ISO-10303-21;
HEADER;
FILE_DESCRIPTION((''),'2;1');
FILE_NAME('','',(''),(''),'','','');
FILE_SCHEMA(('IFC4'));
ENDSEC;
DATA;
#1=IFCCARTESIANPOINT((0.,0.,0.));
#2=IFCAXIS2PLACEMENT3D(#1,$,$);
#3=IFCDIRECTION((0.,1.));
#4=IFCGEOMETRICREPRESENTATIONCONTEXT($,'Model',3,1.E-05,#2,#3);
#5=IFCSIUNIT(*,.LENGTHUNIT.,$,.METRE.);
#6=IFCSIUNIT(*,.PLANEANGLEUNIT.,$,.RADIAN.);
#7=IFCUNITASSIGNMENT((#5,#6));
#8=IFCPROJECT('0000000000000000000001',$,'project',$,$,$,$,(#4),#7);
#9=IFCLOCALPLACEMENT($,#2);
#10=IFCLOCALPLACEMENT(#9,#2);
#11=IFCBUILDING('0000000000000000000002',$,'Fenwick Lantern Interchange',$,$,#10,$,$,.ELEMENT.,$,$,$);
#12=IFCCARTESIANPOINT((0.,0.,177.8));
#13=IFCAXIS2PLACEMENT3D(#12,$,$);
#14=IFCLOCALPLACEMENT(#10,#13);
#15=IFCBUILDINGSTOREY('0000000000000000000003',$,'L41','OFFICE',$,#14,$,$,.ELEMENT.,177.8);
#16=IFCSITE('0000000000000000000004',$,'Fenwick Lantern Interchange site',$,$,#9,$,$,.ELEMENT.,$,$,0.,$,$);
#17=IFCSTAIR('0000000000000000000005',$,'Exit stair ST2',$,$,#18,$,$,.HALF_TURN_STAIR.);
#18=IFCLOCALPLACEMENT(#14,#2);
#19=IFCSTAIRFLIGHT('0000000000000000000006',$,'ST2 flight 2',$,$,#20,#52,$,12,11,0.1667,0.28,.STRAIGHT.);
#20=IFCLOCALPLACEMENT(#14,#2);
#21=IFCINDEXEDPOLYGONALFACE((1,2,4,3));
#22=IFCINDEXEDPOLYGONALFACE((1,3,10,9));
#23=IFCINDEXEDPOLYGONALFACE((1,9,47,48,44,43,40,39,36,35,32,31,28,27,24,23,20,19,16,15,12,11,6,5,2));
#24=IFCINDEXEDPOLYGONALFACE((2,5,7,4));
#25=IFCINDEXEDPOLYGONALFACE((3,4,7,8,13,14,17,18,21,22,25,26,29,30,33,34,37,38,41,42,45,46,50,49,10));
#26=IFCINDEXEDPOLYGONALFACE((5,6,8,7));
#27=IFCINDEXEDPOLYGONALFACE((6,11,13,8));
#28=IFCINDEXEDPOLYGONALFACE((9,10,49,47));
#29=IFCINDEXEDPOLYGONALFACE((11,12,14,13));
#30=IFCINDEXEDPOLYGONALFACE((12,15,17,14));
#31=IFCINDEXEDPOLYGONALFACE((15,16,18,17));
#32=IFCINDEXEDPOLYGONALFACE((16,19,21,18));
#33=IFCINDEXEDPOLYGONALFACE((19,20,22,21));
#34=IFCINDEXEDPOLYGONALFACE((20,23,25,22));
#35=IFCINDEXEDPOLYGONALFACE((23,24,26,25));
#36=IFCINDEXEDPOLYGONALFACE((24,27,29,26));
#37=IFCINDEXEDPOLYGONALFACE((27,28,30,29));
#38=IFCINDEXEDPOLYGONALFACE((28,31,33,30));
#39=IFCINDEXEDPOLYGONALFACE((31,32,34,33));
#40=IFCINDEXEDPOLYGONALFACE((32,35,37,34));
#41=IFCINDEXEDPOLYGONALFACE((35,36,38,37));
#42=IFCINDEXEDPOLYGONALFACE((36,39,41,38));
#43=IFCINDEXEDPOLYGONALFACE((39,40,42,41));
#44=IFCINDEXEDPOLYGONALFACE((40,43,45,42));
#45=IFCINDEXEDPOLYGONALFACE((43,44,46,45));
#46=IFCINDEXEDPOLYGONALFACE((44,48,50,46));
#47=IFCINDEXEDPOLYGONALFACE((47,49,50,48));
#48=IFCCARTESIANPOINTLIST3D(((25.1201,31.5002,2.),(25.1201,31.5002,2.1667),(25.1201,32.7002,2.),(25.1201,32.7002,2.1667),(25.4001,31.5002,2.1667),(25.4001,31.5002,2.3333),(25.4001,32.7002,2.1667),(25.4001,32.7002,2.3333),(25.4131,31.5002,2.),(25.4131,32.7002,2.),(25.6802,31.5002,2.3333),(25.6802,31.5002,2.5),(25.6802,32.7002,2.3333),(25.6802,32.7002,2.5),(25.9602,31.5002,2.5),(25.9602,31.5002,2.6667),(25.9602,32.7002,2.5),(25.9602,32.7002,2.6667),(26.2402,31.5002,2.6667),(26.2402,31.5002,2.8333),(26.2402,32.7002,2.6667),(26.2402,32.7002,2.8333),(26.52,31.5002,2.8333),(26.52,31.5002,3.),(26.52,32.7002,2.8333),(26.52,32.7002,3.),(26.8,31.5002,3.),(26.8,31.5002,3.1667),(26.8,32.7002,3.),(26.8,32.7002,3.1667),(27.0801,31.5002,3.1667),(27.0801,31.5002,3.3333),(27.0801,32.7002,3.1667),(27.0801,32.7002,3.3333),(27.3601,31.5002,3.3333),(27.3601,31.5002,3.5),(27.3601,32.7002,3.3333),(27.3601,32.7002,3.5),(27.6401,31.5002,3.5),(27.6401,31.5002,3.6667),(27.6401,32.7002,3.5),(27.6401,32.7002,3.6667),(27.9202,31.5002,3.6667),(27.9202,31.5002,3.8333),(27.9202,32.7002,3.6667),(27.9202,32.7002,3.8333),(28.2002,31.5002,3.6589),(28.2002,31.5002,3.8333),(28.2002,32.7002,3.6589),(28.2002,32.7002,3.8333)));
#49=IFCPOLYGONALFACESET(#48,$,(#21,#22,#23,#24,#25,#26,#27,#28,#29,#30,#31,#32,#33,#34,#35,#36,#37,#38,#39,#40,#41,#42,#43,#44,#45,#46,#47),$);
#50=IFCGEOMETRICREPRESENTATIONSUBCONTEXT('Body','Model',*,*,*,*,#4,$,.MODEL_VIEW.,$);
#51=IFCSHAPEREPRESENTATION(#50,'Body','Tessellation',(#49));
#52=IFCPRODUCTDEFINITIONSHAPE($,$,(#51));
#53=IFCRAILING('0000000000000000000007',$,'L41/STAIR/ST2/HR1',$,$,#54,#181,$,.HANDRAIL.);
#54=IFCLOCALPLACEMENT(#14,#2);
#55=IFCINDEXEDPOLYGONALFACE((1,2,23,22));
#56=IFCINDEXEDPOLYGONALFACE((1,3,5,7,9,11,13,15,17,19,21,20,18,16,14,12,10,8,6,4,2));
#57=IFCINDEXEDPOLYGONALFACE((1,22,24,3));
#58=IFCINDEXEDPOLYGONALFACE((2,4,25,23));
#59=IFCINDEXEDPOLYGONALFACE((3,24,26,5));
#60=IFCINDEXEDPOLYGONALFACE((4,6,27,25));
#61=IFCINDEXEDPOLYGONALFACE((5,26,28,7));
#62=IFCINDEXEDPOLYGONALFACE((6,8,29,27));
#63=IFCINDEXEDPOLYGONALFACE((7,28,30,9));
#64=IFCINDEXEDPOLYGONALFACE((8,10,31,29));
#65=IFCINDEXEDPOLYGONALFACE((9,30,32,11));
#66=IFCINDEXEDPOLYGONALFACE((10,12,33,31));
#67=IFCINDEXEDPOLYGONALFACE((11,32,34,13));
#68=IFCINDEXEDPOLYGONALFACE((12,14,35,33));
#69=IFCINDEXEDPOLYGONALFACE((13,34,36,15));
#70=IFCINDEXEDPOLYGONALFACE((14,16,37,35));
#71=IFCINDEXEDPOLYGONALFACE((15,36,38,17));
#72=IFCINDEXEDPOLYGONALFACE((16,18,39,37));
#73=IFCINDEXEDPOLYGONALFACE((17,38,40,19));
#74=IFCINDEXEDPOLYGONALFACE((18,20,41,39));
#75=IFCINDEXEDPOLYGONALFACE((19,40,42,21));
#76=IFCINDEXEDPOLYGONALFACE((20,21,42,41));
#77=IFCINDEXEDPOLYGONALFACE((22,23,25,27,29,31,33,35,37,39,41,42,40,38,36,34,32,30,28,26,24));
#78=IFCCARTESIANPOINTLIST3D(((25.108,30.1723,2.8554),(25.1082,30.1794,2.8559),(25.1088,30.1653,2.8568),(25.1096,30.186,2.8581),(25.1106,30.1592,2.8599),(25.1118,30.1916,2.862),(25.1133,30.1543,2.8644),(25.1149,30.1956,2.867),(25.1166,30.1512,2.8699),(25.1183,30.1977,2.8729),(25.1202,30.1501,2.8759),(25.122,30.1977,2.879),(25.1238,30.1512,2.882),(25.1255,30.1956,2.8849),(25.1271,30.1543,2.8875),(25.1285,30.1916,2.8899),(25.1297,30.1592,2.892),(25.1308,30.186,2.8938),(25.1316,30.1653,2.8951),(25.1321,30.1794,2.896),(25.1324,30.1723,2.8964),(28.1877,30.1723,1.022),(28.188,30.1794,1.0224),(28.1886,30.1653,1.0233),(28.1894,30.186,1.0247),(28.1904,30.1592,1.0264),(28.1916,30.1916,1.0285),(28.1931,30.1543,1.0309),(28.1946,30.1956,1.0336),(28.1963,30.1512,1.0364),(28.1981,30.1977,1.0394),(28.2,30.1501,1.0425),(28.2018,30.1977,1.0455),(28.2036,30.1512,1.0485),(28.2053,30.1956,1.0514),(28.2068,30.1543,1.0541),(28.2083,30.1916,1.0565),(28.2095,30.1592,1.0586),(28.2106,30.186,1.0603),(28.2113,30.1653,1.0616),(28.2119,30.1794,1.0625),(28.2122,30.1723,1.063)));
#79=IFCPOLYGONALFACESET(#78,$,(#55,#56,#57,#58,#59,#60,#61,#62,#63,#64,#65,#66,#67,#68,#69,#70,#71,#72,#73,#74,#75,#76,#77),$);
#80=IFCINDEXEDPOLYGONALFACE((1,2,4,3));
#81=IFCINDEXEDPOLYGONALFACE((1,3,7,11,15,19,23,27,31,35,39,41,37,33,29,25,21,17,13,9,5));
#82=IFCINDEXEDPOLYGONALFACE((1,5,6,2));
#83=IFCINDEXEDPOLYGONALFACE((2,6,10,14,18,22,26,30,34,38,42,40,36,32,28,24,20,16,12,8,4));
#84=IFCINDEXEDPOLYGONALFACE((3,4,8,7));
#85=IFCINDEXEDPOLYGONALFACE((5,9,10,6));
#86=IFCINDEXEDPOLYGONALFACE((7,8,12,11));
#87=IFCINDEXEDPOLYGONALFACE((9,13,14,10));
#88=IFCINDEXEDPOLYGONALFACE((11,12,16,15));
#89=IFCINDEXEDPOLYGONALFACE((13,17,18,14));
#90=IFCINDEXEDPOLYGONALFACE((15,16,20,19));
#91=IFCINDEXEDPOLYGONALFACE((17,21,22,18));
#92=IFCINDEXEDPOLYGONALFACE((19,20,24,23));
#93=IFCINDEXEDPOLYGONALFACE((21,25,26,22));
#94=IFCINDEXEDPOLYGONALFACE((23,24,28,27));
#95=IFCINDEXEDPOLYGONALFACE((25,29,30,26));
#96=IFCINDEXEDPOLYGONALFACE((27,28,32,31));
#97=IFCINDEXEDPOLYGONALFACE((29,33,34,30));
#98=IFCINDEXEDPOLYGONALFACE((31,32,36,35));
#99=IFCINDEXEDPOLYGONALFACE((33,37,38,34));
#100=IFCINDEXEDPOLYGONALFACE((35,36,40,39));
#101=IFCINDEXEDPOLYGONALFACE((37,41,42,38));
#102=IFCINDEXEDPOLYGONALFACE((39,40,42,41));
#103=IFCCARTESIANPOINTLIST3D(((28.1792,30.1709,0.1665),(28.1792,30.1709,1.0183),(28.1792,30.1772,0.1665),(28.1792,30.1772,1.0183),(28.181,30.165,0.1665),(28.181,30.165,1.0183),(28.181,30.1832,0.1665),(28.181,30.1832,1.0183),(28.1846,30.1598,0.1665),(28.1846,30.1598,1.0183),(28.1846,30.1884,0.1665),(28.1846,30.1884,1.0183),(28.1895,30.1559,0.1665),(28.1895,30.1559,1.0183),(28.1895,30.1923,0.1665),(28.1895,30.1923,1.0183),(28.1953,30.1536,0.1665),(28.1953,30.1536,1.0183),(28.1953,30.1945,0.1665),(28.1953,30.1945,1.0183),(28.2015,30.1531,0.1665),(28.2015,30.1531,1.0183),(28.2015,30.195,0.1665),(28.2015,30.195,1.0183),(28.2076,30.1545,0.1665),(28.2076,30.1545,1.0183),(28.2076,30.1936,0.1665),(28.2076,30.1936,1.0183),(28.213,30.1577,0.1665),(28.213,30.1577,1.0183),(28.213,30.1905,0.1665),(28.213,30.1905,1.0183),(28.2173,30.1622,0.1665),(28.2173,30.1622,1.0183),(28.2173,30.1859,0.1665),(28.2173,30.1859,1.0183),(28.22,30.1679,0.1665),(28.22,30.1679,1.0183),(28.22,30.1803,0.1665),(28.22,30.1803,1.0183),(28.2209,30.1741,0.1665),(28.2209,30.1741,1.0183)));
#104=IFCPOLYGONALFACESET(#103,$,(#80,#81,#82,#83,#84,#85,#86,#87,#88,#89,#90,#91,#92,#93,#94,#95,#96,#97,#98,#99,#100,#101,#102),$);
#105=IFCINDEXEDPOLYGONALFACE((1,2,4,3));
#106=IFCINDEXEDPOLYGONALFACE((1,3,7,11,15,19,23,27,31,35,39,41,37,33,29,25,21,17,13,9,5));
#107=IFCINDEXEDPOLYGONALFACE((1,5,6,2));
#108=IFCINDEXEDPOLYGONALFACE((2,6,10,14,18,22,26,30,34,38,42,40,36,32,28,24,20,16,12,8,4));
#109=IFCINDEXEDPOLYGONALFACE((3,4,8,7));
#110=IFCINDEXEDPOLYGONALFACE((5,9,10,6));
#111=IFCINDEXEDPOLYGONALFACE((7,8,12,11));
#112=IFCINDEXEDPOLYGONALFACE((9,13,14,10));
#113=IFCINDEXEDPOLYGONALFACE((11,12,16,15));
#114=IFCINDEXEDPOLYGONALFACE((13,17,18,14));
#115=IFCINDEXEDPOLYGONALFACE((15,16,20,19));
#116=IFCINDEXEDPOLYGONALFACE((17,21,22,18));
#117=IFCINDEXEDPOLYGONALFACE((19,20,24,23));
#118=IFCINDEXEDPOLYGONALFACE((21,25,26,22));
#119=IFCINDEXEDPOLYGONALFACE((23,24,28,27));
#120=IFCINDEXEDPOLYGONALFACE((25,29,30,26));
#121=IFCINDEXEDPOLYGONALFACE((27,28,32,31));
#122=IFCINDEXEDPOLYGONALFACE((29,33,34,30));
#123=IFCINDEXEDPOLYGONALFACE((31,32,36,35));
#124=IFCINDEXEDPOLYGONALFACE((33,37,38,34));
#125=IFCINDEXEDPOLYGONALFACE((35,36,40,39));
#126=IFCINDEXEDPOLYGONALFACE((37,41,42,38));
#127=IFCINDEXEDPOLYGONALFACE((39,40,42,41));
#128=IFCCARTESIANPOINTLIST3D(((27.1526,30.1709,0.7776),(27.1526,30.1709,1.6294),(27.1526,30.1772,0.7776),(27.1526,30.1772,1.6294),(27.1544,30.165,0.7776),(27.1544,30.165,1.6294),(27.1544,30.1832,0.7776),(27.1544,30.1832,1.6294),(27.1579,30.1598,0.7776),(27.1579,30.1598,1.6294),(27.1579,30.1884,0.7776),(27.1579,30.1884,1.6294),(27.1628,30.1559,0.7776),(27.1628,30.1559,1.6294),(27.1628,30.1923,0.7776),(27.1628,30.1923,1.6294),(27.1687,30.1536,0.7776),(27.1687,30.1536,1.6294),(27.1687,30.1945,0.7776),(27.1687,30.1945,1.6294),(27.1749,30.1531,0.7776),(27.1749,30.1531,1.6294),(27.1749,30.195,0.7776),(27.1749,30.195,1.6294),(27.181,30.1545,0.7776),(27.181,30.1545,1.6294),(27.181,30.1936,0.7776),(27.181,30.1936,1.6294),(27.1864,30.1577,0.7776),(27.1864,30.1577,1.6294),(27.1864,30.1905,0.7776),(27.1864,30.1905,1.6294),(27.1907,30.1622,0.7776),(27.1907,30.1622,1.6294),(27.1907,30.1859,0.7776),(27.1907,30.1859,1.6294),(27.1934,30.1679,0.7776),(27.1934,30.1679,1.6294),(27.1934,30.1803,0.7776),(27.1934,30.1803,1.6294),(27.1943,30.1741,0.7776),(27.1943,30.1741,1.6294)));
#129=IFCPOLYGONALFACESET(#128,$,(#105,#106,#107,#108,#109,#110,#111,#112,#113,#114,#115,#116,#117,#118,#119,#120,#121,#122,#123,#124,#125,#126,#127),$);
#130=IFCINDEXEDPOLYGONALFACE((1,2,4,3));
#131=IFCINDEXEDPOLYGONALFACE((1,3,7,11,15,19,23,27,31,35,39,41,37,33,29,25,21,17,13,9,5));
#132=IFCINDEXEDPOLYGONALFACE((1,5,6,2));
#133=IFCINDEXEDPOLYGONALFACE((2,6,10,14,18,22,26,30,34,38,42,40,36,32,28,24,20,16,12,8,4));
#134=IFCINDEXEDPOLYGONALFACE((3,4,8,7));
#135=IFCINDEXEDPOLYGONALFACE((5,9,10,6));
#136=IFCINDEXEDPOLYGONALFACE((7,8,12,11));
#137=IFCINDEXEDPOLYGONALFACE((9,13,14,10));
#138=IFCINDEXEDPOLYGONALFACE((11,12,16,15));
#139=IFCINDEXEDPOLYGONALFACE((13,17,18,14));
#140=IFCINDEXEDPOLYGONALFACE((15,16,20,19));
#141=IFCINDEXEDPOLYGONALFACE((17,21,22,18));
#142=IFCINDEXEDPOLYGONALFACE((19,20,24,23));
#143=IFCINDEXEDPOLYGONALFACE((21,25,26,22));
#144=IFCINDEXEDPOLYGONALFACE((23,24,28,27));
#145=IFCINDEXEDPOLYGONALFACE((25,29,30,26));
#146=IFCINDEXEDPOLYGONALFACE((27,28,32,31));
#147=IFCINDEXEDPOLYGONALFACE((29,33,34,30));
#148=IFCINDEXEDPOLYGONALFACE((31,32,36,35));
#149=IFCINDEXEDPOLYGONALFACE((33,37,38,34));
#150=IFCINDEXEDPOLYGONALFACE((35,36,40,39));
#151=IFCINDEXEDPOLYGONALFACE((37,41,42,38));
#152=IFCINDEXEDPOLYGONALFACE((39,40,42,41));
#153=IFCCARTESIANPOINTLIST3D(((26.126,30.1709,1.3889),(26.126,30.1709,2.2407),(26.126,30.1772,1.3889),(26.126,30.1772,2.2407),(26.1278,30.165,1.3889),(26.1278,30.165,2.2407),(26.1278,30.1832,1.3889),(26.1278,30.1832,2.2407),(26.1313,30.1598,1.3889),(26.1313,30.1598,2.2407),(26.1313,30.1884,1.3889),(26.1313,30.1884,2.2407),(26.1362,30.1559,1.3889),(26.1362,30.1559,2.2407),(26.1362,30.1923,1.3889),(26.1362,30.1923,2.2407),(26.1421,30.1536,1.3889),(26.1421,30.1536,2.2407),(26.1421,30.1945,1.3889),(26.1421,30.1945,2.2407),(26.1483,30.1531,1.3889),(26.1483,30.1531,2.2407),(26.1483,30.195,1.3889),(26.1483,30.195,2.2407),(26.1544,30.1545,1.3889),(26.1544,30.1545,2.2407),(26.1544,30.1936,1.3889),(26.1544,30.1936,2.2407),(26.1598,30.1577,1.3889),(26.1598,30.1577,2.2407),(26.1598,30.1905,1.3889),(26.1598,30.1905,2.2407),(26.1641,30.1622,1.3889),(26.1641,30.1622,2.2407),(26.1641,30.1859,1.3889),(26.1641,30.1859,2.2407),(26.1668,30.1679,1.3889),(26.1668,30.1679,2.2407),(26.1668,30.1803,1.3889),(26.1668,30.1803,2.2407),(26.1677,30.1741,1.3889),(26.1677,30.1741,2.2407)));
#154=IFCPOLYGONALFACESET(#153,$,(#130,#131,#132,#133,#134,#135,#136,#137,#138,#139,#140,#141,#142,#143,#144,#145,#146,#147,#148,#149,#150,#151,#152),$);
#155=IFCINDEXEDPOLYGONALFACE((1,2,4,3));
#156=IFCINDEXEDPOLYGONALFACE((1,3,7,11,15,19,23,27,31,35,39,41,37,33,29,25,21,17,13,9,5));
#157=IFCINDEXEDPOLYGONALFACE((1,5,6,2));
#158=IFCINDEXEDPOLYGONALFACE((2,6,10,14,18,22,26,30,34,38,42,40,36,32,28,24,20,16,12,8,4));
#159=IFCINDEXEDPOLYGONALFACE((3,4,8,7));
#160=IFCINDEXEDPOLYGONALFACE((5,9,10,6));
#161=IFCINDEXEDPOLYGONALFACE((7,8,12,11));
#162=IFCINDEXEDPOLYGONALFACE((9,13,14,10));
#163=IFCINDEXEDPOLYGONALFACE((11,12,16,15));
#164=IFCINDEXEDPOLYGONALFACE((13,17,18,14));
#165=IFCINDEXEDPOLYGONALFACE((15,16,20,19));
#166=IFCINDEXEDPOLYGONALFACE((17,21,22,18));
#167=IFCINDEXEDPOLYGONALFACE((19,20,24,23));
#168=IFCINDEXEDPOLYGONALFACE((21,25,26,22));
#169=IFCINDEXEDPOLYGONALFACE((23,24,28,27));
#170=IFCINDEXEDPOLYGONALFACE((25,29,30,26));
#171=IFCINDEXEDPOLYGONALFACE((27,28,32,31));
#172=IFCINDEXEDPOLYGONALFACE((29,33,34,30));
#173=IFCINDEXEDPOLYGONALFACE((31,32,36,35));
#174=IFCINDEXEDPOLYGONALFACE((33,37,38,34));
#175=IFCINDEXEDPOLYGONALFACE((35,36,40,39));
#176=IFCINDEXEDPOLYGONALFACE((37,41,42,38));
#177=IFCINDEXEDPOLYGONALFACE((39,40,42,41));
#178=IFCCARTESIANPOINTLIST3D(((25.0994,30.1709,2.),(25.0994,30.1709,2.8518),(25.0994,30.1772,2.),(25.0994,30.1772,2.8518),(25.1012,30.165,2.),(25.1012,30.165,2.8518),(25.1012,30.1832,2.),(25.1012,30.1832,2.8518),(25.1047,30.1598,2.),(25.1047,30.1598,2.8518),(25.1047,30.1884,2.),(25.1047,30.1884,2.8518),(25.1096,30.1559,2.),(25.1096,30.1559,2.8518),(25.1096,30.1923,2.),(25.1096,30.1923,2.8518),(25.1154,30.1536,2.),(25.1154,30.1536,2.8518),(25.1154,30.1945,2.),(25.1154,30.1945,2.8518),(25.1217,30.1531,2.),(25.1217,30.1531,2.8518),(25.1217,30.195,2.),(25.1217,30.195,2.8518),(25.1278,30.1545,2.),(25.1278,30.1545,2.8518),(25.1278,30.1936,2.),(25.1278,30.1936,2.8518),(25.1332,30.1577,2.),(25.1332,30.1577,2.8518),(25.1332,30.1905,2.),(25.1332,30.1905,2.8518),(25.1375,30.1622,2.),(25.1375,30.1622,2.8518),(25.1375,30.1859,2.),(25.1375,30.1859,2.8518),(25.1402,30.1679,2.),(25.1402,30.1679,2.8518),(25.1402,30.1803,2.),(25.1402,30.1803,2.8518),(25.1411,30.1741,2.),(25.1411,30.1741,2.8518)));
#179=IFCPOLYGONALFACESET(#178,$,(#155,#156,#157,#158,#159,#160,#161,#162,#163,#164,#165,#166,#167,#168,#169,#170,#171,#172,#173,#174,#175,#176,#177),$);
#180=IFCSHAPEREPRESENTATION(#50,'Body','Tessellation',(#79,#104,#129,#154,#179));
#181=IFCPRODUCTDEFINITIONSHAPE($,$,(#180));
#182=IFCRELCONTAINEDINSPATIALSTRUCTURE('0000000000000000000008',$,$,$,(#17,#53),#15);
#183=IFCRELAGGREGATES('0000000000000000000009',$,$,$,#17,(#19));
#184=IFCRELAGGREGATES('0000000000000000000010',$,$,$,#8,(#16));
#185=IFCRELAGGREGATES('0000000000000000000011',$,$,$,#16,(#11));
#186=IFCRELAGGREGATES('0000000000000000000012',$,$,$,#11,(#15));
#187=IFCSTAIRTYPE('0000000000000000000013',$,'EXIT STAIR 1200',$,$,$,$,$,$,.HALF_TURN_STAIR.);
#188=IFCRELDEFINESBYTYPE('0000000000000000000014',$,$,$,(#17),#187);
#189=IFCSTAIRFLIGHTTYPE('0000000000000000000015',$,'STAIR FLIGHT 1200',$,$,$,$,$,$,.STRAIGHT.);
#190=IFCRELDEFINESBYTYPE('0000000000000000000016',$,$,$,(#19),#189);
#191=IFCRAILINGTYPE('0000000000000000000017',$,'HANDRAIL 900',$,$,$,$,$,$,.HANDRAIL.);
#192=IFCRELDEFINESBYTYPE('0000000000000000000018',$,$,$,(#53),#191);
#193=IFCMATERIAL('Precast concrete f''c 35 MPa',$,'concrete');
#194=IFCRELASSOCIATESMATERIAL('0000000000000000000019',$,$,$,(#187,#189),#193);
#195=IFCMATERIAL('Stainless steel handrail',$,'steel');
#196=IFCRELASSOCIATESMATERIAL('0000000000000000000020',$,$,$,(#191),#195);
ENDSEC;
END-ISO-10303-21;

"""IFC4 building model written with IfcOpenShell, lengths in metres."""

from ifc_helpers import new_model, si_unit, direction, frame, origin, origin_2d, place, context, subcontext, project, spatial, polyline, circle, outline, extrude, material, type_object, element, aggregate, save


model = new_model("IFC4")

# Units and contexts
model_context = context("Model", 3, precision=1e-05, world=origin(), true_north=direction((0.0, 1.0)))
body_context = subcontext(model_context, "Body", "Model", "MODEL_VIEW")
ifc_project = project(units=[si_unit("LENGTHUNIT", "METRE"), si_unit("PLANEANGLEUNIT", "RADIAN")], contexts=[model_context])

# Site, building, storey
site_placement = place(None, origin())
site = spatial("IfcSite", under=ifc_project, at=site_placement, Name="Fenwick Lantern Interchange site", CompositionType="ELEMENT", RefElevation=0.0)
building_placement = place(site_placement, origin())
building = spatial("IfcBuilding", under=site, at=building_placement, Name="Fenwick Lantern Interchange", CompositionType="ELEMENT")
storey_placement = place(building_placement, frame((0.0, 0.0, 177.8)))
storey = spatial("IfcBuildingStorey", under=building, at=storey_placement, Name="L41", Description="OFFICE", CompositionType="ELEMENT", Elevation=177.8)

# Stair, stair flight
ifc_material_1 = material(Name="Precast concrete f'c 35 MPa", Category="concrete")
stair_type = type_object("IfcStairType", Name="EXIT STAIR 1200", PredefinedType="HALF_TURN_STAIR", material=ifc_material_1)
stair_placement = place(storey_placement, origin())
stair = element("IfcStair", 1, at=stair_placement, inside=storey, type_object=stair_type, Name="Exit stair ST2", PredefinedType="HALF_TURN_STAIR")
stair_flight_type = type_object("IfcStairFlightType", Name="STAIR FLIGHT 1200", PredefinedType="STRAIGHT", material=ifc_material_1)
stair_flight_1_placement = place(storey_placement, frame((25.1201, 32.1001, 2.0), z_axis=(0.0, 0.0, 1.0), x_axis=(1.0, 0.0, 0.0)))
stair_flight_1 = element("IfcStairFlight", 2, at=stair_flight_1_placement, type_object=stair_flight_type, Name="ST2 flight 2", NumberOfRisers=12, NumberOfTreads=11, PredefinedType="STRAIGHT", RiserHeight=0.1667, TreadLength=0.28, context=body_context, shape_type="SweptSolid", body=[
    extrude(outline(polyline([(0.0, 0.0), (0.0, 0.1667), (0.28, 0.1667), (0.28, 0.3333), (0.5601, 0.3333), (0.5601, 0.5), (0.8401, 0.5), (0.8401, 0.6667), (1.1201, 0.6667), (1.1201, 0.8333), (1.3999, 0.8333), (1.3999, 1.0), (1.6799, 1.0), (1.6799, 1.1667), (1.96, 1.1667), (1.96, 1.3333), (2.24, 1.3333), (2.24, 1.5), (2.52, 1.5), (2.52, 1.6667), (2.8, 1.6667), (2.8, 1.8333), (3.0801, 1.8333), (3.0801, 2.0), (3.0801, 1.6589), (0.293, 0.0), (0.0, 0.0)])), frame((0.0, 0.6001, 0.0), z_axis=(0.0, -1.0, 0.0), x_axis=(1.0, 0.0, 0.0)), (0.0, 0.0, 1.0), 1.2),
])
aggregate(stair, [stair_flight_1])

# Railing
ifc_material_2 = material(Name="Stainless steel handrail", Category="steel")
railing_type = type_object("IfcRailingType", Name="HANDRAIL 900", PredefinedType="HANDRAIL", material=ifc_material_2)
railing_1_placement = place(storey_placement, frame((28.2, 30.1741, 0.1665)))
element("IfcRailing", 3, at=railing_1_placement, inside=storey, type_object=railing_type, Name="L41/STAIR/ST2/HR1", PredefinedType="HANDRAIL", context=body_context, shape_type="SweptSolid", body=[
    extrude(circle(Radius=0.0239, at=origin_2d()), frame((0.0, 0.0, 0.876), z_axis=(-0.859261, 0.0, 0.511538), x_axis=(0.0, -1.0, 0.0)), (0.0, 0.0, 1.0), 3.5842),
    extrude(circle(Radius=0.021, at=origin_2d()), origin(), (0.0, 0.0, 1.0), 0.8518),
    extrude(circle(Radius=0.021, at=origin_2d()), frame((-1.0266, 0.0, 0.6111)), (0.0, 0.0, 1.0), 0.8518),
    extrude(circle(Radius=0.021, at=origin_2d()), frame((-2.0532, 0.0, 1.2224)), (0.0, 0.0, 1.0), 0.8518),
    extrude(circle(Radius=0.021, at=origin_2d()), frame((-3.0798, 0.0, 1.8335)), (0.0, 0.0, 1.0), 0.8518),
])

save(model, "model.ifc")
